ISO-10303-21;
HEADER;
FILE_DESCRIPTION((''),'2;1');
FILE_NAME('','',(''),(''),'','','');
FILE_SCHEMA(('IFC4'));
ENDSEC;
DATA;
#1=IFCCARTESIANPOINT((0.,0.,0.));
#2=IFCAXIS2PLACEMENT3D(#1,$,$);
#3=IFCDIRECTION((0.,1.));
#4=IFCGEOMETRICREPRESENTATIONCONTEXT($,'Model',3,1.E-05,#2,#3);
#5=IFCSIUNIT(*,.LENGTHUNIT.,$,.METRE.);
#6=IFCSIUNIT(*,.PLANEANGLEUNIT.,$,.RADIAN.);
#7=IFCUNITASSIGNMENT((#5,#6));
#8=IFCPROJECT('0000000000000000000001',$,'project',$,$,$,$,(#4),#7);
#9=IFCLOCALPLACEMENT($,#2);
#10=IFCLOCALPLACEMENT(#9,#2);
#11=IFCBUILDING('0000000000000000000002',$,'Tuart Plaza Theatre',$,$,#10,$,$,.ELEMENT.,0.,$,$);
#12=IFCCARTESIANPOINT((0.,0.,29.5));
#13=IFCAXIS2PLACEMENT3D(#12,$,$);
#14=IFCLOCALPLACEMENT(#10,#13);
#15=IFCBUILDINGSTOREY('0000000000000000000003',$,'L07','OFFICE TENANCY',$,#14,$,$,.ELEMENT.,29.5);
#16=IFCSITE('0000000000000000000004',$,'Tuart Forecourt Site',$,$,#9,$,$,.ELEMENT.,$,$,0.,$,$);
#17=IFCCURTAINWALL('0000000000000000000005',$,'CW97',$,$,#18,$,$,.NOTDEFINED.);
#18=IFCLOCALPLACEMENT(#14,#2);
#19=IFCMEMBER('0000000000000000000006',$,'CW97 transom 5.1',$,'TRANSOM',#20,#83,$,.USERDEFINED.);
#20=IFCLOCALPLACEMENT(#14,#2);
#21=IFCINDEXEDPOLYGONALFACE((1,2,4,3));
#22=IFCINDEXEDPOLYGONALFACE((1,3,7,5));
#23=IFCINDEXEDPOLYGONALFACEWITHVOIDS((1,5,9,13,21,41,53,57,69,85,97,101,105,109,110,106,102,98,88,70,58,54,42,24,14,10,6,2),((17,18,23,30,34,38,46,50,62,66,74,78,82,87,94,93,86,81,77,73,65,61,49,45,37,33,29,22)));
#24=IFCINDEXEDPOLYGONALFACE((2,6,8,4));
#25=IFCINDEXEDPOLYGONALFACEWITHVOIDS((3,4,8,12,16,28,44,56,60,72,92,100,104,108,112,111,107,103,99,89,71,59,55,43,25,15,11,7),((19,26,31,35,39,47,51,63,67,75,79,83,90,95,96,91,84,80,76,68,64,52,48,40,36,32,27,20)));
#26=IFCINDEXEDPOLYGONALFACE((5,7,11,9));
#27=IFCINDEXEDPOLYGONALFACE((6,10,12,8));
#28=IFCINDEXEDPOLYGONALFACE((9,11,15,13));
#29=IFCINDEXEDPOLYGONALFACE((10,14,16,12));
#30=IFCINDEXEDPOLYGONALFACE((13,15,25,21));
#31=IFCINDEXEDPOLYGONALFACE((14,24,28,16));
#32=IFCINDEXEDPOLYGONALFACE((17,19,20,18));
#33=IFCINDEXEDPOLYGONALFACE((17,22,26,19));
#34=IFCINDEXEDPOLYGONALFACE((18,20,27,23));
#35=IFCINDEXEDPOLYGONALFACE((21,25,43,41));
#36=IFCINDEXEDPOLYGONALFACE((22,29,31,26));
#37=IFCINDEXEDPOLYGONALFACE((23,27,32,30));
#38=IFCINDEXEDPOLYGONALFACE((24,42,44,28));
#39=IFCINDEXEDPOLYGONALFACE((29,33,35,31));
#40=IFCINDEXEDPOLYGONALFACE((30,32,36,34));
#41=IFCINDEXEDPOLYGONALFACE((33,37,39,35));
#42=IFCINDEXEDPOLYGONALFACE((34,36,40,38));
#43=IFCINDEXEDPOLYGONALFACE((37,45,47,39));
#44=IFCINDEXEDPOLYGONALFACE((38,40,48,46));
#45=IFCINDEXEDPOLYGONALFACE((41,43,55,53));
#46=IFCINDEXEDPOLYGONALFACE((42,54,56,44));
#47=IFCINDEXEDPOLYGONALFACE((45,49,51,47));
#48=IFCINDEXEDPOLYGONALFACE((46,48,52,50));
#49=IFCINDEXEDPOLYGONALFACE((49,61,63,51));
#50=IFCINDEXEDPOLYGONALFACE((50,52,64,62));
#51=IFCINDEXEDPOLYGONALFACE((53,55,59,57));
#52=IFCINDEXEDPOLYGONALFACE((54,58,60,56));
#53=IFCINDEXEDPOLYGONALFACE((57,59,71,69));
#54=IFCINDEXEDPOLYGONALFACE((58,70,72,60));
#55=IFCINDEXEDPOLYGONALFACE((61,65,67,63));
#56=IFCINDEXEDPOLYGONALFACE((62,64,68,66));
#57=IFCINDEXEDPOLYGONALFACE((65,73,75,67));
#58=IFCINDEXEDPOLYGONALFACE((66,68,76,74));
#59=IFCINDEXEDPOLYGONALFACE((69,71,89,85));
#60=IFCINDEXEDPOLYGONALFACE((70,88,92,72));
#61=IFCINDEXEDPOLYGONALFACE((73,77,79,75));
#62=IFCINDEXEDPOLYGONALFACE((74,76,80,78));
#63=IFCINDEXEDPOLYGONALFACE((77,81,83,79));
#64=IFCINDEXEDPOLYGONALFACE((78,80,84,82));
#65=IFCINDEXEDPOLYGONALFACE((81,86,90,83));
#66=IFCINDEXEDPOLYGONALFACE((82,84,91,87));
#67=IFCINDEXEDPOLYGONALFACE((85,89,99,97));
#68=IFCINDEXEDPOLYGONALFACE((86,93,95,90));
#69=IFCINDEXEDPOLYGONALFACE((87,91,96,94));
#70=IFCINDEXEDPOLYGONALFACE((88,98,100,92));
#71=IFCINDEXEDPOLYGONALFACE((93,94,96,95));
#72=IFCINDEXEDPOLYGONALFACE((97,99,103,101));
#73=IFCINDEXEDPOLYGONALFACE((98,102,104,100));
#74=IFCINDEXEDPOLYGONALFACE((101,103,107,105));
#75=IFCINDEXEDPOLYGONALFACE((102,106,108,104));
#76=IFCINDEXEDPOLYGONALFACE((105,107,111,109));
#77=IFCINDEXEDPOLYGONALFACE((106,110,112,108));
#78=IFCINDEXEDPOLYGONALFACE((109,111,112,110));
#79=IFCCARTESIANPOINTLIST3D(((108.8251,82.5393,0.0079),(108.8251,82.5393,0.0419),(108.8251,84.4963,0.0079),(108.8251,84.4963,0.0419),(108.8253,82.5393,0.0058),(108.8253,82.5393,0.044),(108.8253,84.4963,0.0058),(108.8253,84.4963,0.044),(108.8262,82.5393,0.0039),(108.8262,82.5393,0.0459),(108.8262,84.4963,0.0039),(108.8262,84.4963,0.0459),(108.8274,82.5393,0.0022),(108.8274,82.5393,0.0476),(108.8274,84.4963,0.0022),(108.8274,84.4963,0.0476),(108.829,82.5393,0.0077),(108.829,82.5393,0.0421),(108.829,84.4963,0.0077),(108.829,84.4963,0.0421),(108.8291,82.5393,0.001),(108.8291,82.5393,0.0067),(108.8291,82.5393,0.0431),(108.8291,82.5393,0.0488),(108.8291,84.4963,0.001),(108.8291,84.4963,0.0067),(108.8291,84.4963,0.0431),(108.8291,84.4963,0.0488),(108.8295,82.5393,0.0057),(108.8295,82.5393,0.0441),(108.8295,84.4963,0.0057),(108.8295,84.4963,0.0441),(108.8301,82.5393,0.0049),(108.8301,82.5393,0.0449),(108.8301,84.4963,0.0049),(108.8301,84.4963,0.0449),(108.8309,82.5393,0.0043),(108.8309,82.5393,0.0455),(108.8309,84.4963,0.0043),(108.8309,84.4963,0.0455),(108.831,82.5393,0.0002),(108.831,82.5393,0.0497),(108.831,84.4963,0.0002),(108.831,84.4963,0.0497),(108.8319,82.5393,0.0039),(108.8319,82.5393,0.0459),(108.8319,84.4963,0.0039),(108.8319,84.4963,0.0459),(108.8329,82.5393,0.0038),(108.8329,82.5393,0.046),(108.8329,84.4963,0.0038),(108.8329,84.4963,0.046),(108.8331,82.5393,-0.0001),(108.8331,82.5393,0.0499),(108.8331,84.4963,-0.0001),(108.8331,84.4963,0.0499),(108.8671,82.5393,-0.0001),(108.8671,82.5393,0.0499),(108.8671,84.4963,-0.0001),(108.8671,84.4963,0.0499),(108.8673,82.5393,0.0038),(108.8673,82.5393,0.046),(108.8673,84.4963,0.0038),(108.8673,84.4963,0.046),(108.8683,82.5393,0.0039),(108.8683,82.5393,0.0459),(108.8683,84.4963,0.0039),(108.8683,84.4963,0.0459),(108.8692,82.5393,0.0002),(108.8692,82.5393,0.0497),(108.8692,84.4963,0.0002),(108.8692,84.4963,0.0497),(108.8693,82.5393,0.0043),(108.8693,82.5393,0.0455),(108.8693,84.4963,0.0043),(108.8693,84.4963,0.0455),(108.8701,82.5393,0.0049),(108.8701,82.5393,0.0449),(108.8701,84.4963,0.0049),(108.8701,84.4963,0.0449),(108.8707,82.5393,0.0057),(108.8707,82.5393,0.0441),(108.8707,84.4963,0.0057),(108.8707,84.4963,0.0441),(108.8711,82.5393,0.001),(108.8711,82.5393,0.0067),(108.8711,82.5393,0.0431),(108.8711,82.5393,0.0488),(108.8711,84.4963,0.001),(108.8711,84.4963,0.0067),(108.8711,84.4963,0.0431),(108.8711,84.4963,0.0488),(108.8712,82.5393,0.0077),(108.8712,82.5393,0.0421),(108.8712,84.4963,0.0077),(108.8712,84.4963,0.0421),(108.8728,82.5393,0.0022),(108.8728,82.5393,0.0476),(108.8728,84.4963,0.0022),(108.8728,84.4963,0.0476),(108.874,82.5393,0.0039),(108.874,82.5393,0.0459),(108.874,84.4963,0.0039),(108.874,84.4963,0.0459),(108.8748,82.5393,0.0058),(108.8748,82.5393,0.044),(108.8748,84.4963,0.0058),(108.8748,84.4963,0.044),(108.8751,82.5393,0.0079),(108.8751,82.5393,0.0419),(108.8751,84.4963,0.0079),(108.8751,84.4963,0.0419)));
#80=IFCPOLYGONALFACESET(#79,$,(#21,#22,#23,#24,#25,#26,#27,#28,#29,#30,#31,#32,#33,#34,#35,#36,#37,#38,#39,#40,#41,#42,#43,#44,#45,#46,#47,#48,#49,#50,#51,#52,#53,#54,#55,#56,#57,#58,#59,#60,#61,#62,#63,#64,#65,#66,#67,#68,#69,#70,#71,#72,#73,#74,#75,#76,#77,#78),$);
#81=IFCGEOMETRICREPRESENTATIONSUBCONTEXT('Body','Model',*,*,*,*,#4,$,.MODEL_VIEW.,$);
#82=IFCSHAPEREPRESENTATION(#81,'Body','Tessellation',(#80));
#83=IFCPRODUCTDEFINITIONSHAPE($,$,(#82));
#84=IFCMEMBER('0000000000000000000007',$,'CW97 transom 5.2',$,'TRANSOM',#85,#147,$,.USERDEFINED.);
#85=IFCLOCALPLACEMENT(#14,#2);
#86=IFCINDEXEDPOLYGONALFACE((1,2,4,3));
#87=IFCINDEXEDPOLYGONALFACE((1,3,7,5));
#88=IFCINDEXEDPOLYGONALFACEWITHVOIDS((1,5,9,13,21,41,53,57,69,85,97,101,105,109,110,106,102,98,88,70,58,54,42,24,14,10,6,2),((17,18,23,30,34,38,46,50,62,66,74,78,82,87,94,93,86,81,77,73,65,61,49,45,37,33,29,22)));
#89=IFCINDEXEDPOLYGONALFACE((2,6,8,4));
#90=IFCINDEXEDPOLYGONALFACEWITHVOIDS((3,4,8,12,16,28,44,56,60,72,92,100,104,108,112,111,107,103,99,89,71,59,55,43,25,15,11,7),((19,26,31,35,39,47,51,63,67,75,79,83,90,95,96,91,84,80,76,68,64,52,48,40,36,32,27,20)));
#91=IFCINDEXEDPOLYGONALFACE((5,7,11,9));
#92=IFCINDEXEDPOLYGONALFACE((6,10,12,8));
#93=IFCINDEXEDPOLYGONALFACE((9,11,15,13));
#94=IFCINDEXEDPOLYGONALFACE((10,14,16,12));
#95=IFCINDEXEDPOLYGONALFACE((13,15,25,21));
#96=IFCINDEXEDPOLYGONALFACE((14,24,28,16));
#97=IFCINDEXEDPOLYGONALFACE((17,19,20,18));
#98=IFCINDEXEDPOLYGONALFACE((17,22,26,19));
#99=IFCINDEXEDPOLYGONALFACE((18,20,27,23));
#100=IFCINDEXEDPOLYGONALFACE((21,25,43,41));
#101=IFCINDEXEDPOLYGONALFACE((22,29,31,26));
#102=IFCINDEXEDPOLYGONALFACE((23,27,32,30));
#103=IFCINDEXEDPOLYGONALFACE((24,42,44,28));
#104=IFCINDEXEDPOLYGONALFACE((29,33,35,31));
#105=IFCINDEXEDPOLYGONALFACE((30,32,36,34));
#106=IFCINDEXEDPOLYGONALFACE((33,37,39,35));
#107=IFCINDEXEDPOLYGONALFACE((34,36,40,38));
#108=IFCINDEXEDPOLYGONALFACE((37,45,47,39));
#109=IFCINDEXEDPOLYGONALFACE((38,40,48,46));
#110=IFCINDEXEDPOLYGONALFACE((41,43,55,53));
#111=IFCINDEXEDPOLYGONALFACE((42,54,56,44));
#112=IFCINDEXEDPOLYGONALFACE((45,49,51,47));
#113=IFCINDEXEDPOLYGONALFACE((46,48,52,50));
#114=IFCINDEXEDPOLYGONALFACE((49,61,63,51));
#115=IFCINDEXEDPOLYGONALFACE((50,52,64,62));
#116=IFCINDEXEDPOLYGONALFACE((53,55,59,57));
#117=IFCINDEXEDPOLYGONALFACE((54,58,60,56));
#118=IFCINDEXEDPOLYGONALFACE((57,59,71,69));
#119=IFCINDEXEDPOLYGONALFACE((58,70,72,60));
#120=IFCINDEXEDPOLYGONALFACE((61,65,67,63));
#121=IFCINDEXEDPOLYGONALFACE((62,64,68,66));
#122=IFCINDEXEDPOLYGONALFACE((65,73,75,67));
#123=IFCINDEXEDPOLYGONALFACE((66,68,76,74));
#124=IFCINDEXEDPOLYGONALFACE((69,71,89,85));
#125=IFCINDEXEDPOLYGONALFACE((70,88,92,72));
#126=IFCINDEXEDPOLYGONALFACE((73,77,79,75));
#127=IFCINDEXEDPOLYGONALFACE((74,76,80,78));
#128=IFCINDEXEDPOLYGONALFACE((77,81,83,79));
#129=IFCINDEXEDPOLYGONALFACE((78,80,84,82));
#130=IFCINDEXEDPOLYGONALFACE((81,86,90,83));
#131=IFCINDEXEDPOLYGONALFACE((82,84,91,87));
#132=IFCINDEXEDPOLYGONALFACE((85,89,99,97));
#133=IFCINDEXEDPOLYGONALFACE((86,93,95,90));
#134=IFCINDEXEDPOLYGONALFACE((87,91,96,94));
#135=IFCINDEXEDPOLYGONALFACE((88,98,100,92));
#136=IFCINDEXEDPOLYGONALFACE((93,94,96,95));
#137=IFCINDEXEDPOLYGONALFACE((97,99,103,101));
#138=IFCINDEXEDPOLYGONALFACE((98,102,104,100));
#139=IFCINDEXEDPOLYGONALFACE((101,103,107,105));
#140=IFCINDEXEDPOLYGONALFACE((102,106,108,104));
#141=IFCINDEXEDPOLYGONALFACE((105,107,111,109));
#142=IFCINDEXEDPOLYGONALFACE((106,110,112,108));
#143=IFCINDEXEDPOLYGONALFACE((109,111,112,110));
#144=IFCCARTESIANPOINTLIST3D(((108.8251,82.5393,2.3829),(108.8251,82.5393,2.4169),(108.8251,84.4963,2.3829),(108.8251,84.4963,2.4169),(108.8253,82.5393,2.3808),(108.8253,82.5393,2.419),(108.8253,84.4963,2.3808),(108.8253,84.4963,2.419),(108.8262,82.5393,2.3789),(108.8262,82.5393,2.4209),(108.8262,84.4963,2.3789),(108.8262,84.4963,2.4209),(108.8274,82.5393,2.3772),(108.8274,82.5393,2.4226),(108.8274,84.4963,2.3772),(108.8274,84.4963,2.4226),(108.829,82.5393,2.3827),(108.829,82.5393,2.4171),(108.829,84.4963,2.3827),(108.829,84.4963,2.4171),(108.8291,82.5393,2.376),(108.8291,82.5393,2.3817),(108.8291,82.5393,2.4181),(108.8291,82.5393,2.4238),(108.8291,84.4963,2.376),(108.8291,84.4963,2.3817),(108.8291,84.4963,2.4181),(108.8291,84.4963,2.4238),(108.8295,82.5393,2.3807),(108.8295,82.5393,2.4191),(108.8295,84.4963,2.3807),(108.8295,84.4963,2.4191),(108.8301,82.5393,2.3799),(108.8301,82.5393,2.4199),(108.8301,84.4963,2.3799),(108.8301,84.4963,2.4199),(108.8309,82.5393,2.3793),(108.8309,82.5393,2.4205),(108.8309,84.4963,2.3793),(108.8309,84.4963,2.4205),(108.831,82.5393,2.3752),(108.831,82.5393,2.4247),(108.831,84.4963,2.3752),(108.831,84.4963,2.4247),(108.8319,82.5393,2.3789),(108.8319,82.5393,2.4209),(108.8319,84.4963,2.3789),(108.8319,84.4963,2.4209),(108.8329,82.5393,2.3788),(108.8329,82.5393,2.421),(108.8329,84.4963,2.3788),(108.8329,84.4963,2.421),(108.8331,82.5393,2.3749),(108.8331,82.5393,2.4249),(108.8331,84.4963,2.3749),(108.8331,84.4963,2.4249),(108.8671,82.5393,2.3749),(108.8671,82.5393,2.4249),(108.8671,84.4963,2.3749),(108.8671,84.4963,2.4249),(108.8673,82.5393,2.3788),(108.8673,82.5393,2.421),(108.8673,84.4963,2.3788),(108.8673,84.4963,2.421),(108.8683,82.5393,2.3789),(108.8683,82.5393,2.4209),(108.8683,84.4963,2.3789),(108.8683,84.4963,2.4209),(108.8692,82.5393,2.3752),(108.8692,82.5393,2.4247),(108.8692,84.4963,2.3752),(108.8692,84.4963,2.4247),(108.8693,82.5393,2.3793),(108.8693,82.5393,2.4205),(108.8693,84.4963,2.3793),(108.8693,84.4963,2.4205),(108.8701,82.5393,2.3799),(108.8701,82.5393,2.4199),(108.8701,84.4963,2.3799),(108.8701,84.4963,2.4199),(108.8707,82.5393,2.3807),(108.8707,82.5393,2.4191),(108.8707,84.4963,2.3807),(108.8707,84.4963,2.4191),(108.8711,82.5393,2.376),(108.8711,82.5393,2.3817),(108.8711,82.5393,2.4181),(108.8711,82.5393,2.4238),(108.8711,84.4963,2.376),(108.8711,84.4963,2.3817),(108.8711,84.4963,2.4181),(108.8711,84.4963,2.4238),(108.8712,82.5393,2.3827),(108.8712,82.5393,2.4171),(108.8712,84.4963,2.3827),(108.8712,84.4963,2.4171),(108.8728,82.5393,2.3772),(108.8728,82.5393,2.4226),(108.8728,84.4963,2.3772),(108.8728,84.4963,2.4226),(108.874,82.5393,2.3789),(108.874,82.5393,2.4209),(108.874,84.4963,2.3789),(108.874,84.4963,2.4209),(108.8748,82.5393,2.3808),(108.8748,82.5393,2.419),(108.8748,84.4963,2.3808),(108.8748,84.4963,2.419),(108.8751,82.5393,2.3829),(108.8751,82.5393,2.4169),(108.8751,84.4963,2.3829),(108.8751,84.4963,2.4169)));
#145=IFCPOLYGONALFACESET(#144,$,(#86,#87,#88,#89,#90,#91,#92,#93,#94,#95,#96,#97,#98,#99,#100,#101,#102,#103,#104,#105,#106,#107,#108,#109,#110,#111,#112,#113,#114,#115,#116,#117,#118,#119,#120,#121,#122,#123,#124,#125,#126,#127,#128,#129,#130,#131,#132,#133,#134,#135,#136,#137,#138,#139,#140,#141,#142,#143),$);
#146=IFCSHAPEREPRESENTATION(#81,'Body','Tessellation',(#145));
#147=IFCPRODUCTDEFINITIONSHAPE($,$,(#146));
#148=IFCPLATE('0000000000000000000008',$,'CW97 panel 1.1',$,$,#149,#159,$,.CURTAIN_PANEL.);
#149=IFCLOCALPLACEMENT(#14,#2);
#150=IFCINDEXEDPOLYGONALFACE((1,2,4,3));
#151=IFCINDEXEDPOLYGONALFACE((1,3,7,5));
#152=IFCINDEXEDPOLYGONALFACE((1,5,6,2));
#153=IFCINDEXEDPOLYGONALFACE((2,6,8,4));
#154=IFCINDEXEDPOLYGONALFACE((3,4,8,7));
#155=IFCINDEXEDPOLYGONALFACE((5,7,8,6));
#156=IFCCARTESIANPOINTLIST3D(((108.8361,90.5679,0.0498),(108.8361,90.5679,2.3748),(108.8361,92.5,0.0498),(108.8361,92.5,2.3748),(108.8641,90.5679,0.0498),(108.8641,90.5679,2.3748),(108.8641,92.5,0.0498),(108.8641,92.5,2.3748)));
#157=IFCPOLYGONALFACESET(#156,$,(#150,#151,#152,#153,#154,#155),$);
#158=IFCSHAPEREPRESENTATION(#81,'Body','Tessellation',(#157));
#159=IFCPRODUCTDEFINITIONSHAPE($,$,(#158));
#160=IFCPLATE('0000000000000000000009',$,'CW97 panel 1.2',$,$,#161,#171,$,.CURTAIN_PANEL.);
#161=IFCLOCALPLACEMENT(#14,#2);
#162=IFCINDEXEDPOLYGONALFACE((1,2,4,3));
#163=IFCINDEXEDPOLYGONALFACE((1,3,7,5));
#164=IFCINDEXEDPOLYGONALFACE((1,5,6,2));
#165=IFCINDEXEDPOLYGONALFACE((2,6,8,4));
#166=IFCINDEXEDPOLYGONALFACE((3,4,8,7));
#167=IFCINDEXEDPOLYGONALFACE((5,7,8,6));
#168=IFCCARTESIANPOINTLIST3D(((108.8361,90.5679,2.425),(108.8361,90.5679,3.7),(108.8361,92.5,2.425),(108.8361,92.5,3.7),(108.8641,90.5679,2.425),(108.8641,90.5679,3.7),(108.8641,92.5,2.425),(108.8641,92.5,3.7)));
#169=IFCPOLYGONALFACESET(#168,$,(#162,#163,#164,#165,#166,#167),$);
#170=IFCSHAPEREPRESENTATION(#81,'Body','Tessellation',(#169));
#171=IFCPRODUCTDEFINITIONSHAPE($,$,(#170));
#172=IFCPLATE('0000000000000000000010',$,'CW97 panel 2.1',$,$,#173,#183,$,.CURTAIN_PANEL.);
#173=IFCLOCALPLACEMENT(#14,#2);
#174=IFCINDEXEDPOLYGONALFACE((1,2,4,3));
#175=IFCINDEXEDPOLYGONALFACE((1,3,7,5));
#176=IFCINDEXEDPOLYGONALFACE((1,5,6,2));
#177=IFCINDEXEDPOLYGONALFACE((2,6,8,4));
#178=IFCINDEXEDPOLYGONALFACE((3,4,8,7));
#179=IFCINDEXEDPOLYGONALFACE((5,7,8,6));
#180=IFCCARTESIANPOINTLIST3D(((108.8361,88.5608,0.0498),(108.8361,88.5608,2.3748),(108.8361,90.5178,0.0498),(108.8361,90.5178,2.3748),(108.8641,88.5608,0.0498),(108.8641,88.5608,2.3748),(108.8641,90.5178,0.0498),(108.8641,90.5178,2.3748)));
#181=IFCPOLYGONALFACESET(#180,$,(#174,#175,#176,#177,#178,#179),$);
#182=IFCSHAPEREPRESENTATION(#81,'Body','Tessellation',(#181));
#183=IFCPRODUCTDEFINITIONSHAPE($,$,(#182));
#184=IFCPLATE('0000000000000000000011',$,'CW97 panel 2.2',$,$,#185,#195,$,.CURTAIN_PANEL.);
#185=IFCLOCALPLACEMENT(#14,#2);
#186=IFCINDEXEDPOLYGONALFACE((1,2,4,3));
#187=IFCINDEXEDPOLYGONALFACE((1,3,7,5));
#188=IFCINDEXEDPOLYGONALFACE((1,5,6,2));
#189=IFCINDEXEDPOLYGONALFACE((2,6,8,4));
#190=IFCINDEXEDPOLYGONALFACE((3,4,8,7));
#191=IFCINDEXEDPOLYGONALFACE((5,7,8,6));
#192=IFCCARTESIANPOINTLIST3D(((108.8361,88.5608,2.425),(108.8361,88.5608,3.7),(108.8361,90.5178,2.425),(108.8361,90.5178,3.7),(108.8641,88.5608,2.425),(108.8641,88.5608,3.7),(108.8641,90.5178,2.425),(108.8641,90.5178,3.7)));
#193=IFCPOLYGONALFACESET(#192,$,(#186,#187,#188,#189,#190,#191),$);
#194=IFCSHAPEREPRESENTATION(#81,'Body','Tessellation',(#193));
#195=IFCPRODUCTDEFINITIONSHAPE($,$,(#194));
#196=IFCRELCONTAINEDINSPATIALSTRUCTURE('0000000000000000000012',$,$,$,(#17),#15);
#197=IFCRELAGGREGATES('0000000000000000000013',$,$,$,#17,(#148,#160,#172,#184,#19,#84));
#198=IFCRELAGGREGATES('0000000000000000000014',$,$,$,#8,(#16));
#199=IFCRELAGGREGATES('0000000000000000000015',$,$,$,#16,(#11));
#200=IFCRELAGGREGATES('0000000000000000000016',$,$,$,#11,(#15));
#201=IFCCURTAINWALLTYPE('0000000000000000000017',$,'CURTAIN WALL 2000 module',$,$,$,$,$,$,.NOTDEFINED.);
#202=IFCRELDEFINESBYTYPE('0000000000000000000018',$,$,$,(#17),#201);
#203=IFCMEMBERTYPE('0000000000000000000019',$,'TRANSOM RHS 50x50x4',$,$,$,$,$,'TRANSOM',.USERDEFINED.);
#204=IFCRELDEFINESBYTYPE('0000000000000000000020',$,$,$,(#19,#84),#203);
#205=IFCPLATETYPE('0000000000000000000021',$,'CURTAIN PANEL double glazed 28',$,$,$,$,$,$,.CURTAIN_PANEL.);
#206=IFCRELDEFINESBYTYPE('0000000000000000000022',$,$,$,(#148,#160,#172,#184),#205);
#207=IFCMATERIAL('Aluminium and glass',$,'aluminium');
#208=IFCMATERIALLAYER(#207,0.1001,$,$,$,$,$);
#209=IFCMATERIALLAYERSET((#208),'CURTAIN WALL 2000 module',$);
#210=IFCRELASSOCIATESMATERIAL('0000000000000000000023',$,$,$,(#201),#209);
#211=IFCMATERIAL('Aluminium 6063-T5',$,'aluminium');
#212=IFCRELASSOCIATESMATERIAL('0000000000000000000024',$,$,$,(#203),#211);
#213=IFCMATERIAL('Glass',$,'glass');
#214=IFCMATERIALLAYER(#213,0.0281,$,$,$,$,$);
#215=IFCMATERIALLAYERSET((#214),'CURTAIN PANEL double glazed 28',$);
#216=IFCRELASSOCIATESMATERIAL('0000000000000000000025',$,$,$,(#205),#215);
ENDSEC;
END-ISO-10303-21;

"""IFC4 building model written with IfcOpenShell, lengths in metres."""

from ifc_helpers import new_model, si_unit, direction, frame, origin, origin_2d, place, context, subcontext, project, spatial, rectangle, hollow_rectangle, extrude, material, layer, layer_set, material_profile, profile_set, type_object, element, aggregate, save


model = new_model("IFC4")

# Units and contexts
model_context = context("Model", 3, precision=1e-05, world=origin(), true_north=direction((0.0, 1.0)))
body_context = subcontext(model_context, "Body", "Model", "MODEL_VIEW")
ifc_project = project(units=[si_unit("LENGTHUNIT", "METRE"), si_unit("PLANEANGLEUNIT", "RADIAN")], contexts=[model_context])

# Site, building, storey
site_placement = place(None, origin())
site = spatial("IfcSite", under=ifc_project, at=site_placement, Name="Tuart Forecourt Site", CompositionType="ELEMENT", RefElevation=0.0)
building_placement = place(site_placement, origin())
building = spatial("IfcBuilding", under=site, at=building_placement, Name="Tuart Plaza Theatre", CompositionType="ELEMENT", ElevationOfRefHeight=0.0)
storey_placement = place(building_placement, frame((0.0, 0.0, 29.5)))
storey = spatial("IfcBuildingStorey", under=building, at=storey_placement, Name="L07", Description="OFFICE TENANCY", CompositionType="ELEMENT", Elevation=29.5)

# Curtain wall, members, plates
ifc_material_1 = material(Name="Aluminium and glass", Category="aluminium")
ifc_layer_1 = layer(ifc_material_1, 0.1001)
ifc_layer_set_1 = layer_set([ifc_layer_1], Name="CURTAIN WALL 2000 module")
curtain_wall_type = type_object("IfcCurtainWallType", Name="CURTAIN WALL 2000 module", PredefinedType="NOTDEFINED", material=ifc_layer_set_1)
curtain_wall_placement = place(storey_placement, origin())
curtain_wall = element("IfcCurtainWall", 1, at=curtain_wall_placement, inside=storey, type_object=curtain_wall_type, Name="CW97", PredefinedType="NOTDEFINED")
ifc_material_2 = material(Name="Aluminium 6063-T5", Category="aluminium")
ifc_material_profile_1 = material_profile(ifc_material_2, hollow_rectangle(XDim=0.05, YDim=0.05, WallThickness=0.0039, InnerFilletRadius=0.0039, OuterFilletRadius=0.0081, at=origin_2d()), Name="RHS 50x50x4")
ifc_profile_set_1 = profile_set([ifc_material_profile_1], Name="Aluminium 6063-T5")
member_type_1 = type_object("IfcMemberType", Name="TRANSOM RHS 50x50x4", ElementType="TRANSOM", PredefinedType="USERDEFINED", material=ifc_profile_set_1)
member_1_placement = place(storey_placement, frame((108.8501, 84.4963, 0.0249), z_axis=(0.0, -1.0, 0.0), x_axis=(1.0, 0.0, 0.0)))
member_1 = element("IfcMember", 2, at=member_1_placement, type_object=member_type_1, Name="CW97 transom 5.1", ObjectType="TRANSOM", PredefinedType="USERDEFINED", context=body_context, shape_type="SweptSolid", body=[
    extrude(hollow_rectangle(XDim=0.05, YDim=0.05, WallThickness=0.0039, InnerFilletRadius=0.0039, OuterFilletRadius=0.0081, at=origin_2d()), origin(), (0.0, 0.0, 1.0), 1.957),
])
member_2_placement = place(storey_placement, frame((108.8501, 84.4963, 2.3999), z_axis=(0.0, -1.0, 0.0), x_axis=(1.0, 0.0, 0.0)))
member_2 = element("IfcMember", 3, at=member_2_placement, type_object=member_type_1, Name="CW97 transom 5.2", ObjectType="TRANSOM", PredefinedType="USERDEFINED", context=body_context, shape_type="SweptSolid", body=[
    extrude(hollow_rectangle(XDim=0.05, YDim=0.05, WallThickness=0.0039, InnerFilletRadius=0.0039, OuterFilletRadius=0.0081, at=origin_2d()), origin(), (0.0, 0.0, 1.0), 1.957),
])
ifc_material_3 = material(Name="Glass", Category="glass")
ifc_layer_2 = layer(ifc_material_3, 0.0281)
ifc_layer_set_2 = layer_set([ifc_layer_2], Name="CURTAIN PANEL double glazed 28")
plate_type = type_object("IfcPlateType", Name="CURTAIN PANEL double glazed 28", PredefinedType="CURTAIN_PANEL", material=ifc_layer_set_2)
plate_1_placement = place(storey_placement, frame((108.8501, 91.5339, 0.0498), z_axis=(0.0, 0.0, 1.0), x_axis=(0.0, -1.0, 0.0)))
plate_1 = element("IfcPlate", 4, at=plate_1_placement, type_object=plate_type, Name="CW97 panel 1.1", PredefinedType="CURTAIN_PANEL", context=body_context, shape_type="SweptSolid", body=[
    extrude(rectangle(XDim=1.9321, YDim=0.0281, at=origin_2d()), origin(), (0.0, 0.0, 1.0), 2.325),
])
plate_2_placement = place(storey_placement, frame((108.8501, 91.5339, 2.425), z_axis=(0.0, 0.0, 1.0), x_axis=(0.0, -1.0, 0.0)))
plate_2 = element("IfcPlate", 5, at=plate_2_placement, type_object=plate_type, Name="CW97 panel 1.2", PredefinedType="CURTAIN_PANEL", context=body_context, shape_type="SweptSolid", body=[
    extrude(rectangle(XDim=1.9321, YDim=0.0281, at=origin_2d()), origin(), (0.0, 0.0, 1.0), 1.2749),
])
plate_3_placement = place(storey_placement, frame((108.8501, 89.5393, 0.0498), z_axis=(0.0, 0.0, 1.0), x_axis=(0.0, -1.0, 0.0)))
plate_3 = element("IfcPlate", 6, at=plate_3_placement, type_object=plate_type, Name="CW97 panel 2.1", PredefinedType="CURTAIN_PANEL", context=body_context, shape_type="SweptSolid", body=[
    extrude(rectangle(XDim=1.957, YDim=0.0281, at=origin_2d()), origin(), (0.0, 0.0, 1.0), 2.325),
])
plate_4_placement = place(storey_placement, frame((108.8501, 89.5393, 2.425), z_axis=(0.0, 0.0, 1.0), x_axis=(0.0, -1.0, 0.0)))
plate_4 = element("IfcPlate", 7, at=plate_4_placement, type_object=plate_type, Name="CW97 panel 2.2", PredefinedType="CURTAIN_PANEL", context=body_context, shape_type="SweptSolid", body=[
    extrude(rectangle(XDim=1.957, YDim=0.0281, at=origin_2d()), origin(), (0.0, 0.0, 1.0), 1.2749),
])
aggregate(curtain_wall, [plate_1, plate_2, plate_3, plate_4, member_1, member_2])

save(model, "model.ifc")
